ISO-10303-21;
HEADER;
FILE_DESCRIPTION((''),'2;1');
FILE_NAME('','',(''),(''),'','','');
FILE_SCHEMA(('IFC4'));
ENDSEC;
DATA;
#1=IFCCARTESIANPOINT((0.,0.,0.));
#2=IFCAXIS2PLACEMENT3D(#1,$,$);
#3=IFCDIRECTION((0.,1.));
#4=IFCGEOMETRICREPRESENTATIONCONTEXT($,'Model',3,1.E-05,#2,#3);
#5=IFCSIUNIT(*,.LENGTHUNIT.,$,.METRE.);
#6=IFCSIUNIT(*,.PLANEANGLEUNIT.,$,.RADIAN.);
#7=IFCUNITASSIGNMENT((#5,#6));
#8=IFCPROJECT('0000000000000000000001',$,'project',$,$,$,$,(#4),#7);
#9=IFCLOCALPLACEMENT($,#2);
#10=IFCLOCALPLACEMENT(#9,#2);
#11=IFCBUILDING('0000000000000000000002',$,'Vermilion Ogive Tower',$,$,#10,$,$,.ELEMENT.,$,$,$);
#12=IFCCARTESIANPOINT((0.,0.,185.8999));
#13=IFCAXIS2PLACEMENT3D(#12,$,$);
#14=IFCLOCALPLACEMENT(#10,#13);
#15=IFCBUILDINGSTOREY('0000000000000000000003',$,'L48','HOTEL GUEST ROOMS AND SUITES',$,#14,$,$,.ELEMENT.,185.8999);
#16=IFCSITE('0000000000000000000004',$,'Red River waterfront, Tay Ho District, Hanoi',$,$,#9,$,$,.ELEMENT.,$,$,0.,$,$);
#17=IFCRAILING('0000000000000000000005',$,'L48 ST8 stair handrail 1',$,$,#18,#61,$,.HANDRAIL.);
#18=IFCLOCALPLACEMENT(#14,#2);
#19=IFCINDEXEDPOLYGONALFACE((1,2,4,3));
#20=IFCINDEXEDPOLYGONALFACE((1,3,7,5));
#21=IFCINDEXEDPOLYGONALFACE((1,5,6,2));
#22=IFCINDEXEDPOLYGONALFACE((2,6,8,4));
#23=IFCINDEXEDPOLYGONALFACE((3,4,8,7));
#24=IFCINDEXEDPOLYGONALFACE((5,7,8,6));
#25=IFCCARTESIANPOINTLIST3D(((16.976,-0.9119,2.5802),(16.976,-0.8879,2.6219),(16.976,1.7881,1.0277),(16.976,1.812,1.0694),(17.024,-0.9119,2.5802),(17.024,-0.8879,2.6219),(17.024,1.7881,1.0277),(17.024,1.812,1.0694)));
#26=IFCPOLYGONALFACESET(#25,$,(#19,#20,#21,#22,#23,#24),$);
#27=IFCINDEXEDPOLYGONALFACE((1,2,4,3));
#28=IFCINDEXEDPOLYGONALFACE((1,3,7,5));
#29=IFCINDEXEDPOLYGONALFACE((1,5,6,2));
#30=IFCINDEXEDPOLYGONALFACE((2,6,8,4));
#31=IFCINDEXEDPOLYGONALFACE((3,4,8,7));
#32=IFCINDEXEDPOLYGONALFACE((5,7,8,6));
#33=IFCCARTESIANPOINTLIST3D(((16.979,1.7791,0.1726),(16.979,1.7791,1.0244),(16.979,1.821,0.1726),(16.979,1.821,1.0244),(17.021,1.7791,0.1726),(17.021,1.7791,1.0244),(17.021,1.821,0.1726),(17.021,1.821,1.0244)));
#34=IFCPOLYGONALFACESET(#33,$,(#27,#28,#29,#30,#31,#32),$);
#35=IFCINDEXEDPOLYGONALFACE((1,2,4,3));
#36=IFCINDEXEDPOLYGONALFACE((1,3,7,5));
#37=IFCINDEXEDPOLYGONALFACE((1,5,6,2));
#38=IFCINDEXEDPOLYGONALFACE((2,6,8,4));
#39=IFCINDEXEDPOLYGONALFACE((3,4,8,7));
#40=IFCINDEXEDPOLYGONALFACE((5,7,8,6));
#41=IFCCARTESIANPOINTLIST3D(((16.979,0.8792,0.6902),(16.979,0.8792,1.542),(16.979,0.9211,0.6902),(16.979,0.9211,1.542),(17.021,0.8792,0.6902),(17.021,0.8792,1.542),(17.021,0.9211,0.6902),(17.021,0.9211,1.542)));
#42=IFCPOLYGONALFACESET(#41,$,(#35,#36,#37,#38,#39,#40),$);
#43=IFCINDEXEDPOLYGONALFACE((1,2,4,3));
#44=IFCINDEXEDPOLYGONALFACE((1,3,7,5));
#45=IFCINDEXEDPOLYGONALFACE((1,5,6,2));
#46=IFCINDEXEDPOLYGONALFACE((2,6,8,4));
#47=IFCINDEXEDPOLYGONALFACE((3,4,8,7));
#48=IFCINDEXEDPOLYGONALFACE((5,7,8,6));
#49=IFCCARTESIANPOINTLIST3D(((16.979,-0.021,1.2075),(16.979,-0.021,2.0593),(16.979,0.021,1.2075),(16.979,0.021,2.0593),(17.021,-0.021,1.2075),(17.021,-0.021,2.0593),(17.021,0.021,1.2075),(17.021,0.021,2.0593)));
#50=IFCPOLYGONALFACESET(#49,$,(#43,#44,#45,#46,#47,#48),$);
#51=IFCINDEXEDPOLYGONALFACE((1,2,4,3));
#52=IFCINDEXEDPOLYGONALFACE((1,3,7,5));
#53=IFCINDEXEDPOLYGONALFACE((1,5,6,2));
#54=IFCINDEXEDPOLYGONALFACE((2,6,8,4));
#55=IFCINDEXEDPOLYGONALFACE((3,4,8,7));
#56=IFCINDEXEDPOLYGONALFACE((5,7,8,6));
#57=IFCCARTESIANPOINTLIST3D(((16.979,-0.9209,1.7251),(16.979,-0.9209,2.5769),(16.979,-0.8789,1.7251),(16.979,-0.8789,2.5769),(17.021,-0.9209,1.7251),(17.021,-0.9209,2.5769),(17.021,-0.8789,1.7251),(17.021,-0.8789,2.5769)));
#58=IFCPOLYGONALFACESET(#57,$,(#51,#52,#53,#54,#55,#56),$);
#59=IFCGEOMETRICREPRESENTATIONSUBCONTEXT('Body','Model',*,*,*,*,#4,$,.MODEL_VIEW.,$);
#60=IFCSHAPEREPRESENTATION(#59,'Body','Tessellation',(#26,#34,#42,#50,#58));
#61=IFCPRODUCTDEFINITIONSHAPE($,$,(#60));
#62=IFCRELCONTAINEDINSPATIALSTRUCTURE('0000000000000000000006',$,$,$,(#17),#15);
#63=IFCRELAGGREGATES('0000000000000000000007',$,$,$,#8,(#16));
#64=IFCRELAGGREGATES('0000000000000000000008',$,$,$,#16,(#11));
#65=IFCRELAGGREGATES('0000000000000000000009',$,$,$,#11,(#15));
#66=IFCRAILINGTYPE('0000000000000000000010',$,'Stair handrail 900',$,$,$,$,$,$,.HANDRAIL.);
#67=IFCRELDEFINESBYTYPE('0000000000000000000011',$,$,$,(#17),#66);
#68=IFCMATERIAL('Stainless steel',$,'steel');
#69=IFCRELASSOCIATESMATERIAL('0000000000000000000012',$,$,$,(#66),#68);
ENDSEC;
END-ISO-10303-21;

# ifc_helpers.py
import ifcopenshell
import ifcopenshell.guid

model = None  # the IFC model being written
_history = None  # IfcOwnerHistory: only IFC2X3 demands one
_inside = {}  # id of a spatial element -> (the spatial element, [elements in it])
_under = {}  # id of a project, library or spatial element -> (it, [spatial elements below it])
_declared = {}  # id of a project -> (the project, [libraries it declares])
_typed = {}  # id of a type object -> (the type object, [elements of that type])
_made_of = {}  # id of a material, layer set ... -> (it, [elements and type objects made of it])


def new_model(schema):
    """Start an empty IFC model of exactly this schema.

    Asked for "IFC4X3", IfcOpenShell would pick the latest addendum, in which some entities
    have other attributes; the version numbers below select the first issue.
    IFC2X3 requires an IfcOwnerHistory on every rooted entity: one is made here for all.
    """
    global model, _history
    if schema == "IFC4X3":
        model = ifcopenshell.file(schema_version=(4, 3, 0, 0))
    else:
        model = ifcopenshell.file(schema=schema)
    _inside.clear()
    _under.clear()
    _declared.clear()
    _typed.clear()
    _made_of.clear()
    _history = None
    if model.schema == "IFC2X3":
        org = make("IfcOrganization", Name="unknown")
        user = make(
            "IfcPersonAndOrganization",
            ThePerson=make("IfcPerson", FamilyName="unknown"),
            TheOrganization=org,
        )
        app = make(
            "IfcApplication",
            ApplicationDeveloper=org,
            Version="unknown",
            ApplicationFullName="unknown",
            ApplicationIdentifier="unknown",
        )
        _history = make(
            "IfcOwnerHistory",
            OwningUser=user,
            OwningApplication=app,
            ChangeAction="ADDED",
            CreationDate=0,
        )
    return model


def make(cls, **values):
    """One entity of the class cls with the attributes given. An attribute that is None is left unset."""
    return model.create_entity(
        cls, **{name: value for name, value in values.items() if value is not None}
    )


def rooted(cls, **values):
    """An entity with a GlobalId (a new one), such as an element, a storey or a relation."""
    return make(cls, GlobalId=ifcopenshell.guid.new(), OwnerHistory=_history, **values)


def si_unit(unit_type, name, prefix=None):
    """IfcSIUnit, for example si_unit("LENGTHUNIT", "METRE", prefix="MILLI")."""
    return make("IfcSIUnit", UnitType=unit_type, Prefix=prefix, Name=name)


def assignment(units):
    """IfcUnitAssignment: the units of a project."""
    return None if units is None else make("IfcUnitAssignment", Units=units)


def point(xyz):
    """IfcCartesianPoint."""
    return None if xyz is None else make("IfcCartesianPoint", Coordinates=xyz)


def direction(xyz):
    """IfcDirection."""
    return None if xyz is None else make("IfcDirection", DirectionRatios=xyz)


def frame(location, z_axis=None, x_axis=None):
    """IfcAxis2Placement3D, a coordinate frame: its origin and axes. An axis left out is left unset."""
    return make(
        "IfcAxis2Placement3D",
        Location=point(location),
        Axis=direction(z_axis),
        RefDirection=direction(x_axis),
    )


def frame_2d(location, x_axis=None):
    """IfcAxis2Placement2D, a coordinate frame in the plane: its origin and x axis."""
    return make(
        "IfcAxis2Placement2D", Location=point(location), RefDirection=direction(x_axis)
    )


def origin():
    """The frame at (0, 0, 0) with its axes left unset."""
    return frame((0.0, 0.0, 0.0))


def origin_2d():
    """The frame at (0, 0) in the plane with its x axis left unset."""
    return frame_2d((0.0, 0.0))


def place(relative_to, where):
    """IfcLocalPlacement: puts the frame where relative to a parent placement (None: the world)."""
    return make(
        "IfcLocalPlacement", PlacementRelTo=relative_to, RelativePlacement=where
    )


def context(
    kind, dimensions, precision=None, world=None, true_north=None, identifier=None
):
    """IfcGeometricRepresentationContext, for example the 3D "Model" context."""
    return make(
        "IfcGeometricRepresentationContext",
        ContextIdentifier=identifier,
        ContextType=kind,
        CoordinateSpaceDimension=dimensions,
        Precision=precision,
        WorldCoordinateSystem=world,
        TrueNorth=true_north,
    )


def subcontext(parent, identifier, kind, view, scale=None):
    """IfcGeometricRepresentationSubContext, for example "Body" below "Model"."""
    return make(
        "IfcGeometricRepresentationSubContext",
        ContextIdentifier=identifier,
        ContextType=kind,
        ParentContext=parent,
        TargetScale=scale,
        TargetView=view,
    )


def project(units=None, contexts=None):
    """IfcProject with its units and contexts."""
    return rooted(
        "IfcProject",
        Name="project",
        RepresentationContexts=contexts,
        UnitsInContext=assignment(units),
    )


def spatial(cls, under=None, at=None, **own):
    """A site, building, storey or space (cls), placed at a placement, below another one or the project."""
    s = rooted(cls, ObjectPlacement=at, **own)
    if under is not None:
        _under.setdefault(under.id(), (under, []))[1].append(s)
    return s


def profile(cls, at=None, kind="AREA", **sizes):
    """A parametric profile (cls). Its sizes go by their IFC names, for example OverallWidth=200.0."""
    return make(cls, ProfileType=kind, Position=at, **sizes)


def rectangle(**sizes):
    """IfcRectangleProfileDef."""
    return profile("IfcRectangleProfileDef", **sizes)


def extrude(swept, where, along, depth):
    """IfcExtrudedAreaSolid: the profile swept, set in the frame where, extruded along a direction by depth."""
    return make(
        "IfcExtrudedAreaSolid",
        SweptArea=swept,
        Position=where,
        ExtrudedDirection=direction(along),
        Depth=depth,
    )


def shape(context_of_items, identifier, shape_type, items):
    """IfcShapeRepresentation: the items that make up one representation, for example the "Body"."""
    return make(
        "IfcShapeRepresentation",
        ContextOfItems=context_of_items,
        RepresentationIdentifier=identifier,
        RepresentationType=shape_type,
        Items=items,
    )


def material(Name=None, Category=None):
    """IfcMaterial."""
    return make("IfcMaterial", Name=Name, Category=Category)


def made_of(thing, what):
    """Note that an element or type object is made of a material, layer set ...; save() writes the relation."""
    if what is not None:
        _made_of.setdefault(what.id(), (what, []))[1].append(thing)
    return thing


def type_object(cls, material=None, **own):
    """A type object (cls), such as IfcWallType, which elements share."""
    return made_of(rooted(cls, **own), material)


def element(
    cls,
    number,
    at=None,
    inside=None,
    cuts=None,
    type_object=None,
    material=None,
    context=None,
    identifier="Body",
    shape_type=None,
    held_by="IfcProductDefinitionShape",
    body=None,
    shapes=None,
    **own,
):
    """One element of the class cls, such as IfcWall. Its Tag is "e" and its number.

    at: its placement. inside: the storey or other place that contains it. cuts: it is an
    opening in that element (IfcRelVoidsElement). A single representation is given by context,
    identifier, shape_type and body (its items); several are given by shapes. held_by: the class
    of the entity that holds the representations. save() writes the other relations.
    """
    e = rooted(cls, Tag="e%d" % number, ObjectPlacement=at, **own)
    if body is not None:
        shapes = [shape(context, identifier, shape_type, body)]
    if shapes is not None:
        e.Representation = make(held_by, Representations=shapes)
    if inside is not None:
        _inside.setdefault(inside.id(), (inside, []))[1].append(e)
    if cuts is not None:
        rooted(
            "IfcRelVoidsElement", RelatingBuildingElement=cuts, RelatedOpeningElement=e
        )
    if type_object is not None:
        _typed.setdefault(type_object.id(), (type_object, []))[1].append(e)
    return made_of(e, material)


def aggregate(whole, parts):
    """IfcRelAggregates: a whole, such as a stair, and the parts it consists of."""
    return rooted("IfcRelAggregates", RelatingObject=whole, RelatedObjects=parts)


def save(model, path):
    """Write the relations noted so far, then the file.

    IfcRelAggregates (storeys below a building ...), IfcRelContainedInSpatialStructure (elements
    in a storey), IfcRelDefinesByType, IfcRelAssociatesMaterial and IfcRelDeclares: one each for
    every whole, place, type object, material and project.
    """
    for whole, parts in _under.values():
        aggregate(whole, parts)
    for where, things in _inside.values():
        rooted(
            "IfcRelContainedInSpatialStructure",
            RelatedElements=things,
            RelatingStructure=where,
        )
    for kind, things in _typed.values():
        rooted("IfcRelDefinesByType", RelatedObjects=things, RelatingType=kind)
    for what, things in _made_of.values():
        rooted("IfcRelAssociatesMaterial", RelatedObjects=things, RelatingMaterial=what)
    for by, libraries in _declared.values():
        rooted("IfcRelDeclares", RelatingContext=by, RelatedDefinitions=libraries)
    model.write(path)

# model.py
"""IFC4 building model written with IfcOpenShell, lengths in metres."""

from ifc_helpers import new_model, si_unit, direction, frame, origin, origin_2d, place, context, subcontext, project, spatial, rectangle, extrude, material, type_object, element, save


model = new_model("IFC4")

# Units and contexts
model_context = context("Model", 3, precision=1e-05, world=origin(), true_north=direction((0.0, 1.0)))
body_context = subcontext(model_context, "Body", "Model", "MODEL_VIEW")
ifc_project = project(units=[si_unit("LENGTHUNIT", "METRE"), si_unit("PLANEANGLEUNIT", "RADIAN")], contexts=[model_context])

# Site, building, storey
site_placement = place(None, origin())
site = spatial("IfcSite", under=ifc_project, at=site_placement, Name="Red River waterfront, Tay Ho District, Hanoi", CompositionType="ELEMENT", RefElevation=0.0)
building_placement = place(site_placement, origin())
building = spatial("IfcBuilding", under=site, at=building_placement, Name="Vermilion Ogive Tower", CompositionType="ELEMENT")
storey_placement = place(building_placement, frame((0.0, 0.0, 185.8999)))
storey = spatial("IfcBuildingStorey", under=building, at=storey_placement, Name="L48", Description="HOTEL GUEST ROOMS AND SUITES", CompositionType="ELEMENT", Elevation=185.8999)

# Railing
ifc_material_1 = material(Name="Stainless steel", Category="steel")
railing_type_1 = type_object("IfcRailingType", Name="Stair handrail 900", PredefinedType="HANDRAIL", material=ifc_material_1)
railing_1_placement = place(storey_placement, frame((17.0, 1.8, 0.1726)))
element("IfcRailing", 1, at=railing_1_placement, inside=storey, type_object=railing_type_1, Name="L48 ST8 stair handrail 1", PredefinedType="HANDRAIL", context=body_context, shape_type="SweptSolid", body=[
    extrude(rectangle(XDim=0.0481, YDim=0.0481, at=origin_2d()), frame((0.0, 0.0, 0.876), z_axis=(0.0, -0.866904, 0.498476), x_axis=(1.0, 0.0, 0.0)), (0.0, 0.0, 1.0), 3.1145),
    extrude(rectangle(XDim=0.042, YDim=0.042, at=origin_2d()), origin(), (0.0, 0.0, 1.0), 0.8518),
    extrude(rectangle(XDim=0.042, YDim=0.042, at=origin_2d()), frame((0.0, -0.8999, 0.5176)), (0.0, 0.0, 1.0), 0.8518),
    extrude(rectangle(XDim=0.042, YDim=0.042, at=origin_2d()), frame((0.0, -1.8, 1.0349)), (0.0, 0.0, 1.0), 0.8518),
    extrude(rectangle(XDim=0.042, YDim=0.042, at=origin_2d()), frame((0.0, -2.7, 1.5525)), (0.0, 0.0, 1.0), 0.8518),
])

save(model, "model.ifc")
